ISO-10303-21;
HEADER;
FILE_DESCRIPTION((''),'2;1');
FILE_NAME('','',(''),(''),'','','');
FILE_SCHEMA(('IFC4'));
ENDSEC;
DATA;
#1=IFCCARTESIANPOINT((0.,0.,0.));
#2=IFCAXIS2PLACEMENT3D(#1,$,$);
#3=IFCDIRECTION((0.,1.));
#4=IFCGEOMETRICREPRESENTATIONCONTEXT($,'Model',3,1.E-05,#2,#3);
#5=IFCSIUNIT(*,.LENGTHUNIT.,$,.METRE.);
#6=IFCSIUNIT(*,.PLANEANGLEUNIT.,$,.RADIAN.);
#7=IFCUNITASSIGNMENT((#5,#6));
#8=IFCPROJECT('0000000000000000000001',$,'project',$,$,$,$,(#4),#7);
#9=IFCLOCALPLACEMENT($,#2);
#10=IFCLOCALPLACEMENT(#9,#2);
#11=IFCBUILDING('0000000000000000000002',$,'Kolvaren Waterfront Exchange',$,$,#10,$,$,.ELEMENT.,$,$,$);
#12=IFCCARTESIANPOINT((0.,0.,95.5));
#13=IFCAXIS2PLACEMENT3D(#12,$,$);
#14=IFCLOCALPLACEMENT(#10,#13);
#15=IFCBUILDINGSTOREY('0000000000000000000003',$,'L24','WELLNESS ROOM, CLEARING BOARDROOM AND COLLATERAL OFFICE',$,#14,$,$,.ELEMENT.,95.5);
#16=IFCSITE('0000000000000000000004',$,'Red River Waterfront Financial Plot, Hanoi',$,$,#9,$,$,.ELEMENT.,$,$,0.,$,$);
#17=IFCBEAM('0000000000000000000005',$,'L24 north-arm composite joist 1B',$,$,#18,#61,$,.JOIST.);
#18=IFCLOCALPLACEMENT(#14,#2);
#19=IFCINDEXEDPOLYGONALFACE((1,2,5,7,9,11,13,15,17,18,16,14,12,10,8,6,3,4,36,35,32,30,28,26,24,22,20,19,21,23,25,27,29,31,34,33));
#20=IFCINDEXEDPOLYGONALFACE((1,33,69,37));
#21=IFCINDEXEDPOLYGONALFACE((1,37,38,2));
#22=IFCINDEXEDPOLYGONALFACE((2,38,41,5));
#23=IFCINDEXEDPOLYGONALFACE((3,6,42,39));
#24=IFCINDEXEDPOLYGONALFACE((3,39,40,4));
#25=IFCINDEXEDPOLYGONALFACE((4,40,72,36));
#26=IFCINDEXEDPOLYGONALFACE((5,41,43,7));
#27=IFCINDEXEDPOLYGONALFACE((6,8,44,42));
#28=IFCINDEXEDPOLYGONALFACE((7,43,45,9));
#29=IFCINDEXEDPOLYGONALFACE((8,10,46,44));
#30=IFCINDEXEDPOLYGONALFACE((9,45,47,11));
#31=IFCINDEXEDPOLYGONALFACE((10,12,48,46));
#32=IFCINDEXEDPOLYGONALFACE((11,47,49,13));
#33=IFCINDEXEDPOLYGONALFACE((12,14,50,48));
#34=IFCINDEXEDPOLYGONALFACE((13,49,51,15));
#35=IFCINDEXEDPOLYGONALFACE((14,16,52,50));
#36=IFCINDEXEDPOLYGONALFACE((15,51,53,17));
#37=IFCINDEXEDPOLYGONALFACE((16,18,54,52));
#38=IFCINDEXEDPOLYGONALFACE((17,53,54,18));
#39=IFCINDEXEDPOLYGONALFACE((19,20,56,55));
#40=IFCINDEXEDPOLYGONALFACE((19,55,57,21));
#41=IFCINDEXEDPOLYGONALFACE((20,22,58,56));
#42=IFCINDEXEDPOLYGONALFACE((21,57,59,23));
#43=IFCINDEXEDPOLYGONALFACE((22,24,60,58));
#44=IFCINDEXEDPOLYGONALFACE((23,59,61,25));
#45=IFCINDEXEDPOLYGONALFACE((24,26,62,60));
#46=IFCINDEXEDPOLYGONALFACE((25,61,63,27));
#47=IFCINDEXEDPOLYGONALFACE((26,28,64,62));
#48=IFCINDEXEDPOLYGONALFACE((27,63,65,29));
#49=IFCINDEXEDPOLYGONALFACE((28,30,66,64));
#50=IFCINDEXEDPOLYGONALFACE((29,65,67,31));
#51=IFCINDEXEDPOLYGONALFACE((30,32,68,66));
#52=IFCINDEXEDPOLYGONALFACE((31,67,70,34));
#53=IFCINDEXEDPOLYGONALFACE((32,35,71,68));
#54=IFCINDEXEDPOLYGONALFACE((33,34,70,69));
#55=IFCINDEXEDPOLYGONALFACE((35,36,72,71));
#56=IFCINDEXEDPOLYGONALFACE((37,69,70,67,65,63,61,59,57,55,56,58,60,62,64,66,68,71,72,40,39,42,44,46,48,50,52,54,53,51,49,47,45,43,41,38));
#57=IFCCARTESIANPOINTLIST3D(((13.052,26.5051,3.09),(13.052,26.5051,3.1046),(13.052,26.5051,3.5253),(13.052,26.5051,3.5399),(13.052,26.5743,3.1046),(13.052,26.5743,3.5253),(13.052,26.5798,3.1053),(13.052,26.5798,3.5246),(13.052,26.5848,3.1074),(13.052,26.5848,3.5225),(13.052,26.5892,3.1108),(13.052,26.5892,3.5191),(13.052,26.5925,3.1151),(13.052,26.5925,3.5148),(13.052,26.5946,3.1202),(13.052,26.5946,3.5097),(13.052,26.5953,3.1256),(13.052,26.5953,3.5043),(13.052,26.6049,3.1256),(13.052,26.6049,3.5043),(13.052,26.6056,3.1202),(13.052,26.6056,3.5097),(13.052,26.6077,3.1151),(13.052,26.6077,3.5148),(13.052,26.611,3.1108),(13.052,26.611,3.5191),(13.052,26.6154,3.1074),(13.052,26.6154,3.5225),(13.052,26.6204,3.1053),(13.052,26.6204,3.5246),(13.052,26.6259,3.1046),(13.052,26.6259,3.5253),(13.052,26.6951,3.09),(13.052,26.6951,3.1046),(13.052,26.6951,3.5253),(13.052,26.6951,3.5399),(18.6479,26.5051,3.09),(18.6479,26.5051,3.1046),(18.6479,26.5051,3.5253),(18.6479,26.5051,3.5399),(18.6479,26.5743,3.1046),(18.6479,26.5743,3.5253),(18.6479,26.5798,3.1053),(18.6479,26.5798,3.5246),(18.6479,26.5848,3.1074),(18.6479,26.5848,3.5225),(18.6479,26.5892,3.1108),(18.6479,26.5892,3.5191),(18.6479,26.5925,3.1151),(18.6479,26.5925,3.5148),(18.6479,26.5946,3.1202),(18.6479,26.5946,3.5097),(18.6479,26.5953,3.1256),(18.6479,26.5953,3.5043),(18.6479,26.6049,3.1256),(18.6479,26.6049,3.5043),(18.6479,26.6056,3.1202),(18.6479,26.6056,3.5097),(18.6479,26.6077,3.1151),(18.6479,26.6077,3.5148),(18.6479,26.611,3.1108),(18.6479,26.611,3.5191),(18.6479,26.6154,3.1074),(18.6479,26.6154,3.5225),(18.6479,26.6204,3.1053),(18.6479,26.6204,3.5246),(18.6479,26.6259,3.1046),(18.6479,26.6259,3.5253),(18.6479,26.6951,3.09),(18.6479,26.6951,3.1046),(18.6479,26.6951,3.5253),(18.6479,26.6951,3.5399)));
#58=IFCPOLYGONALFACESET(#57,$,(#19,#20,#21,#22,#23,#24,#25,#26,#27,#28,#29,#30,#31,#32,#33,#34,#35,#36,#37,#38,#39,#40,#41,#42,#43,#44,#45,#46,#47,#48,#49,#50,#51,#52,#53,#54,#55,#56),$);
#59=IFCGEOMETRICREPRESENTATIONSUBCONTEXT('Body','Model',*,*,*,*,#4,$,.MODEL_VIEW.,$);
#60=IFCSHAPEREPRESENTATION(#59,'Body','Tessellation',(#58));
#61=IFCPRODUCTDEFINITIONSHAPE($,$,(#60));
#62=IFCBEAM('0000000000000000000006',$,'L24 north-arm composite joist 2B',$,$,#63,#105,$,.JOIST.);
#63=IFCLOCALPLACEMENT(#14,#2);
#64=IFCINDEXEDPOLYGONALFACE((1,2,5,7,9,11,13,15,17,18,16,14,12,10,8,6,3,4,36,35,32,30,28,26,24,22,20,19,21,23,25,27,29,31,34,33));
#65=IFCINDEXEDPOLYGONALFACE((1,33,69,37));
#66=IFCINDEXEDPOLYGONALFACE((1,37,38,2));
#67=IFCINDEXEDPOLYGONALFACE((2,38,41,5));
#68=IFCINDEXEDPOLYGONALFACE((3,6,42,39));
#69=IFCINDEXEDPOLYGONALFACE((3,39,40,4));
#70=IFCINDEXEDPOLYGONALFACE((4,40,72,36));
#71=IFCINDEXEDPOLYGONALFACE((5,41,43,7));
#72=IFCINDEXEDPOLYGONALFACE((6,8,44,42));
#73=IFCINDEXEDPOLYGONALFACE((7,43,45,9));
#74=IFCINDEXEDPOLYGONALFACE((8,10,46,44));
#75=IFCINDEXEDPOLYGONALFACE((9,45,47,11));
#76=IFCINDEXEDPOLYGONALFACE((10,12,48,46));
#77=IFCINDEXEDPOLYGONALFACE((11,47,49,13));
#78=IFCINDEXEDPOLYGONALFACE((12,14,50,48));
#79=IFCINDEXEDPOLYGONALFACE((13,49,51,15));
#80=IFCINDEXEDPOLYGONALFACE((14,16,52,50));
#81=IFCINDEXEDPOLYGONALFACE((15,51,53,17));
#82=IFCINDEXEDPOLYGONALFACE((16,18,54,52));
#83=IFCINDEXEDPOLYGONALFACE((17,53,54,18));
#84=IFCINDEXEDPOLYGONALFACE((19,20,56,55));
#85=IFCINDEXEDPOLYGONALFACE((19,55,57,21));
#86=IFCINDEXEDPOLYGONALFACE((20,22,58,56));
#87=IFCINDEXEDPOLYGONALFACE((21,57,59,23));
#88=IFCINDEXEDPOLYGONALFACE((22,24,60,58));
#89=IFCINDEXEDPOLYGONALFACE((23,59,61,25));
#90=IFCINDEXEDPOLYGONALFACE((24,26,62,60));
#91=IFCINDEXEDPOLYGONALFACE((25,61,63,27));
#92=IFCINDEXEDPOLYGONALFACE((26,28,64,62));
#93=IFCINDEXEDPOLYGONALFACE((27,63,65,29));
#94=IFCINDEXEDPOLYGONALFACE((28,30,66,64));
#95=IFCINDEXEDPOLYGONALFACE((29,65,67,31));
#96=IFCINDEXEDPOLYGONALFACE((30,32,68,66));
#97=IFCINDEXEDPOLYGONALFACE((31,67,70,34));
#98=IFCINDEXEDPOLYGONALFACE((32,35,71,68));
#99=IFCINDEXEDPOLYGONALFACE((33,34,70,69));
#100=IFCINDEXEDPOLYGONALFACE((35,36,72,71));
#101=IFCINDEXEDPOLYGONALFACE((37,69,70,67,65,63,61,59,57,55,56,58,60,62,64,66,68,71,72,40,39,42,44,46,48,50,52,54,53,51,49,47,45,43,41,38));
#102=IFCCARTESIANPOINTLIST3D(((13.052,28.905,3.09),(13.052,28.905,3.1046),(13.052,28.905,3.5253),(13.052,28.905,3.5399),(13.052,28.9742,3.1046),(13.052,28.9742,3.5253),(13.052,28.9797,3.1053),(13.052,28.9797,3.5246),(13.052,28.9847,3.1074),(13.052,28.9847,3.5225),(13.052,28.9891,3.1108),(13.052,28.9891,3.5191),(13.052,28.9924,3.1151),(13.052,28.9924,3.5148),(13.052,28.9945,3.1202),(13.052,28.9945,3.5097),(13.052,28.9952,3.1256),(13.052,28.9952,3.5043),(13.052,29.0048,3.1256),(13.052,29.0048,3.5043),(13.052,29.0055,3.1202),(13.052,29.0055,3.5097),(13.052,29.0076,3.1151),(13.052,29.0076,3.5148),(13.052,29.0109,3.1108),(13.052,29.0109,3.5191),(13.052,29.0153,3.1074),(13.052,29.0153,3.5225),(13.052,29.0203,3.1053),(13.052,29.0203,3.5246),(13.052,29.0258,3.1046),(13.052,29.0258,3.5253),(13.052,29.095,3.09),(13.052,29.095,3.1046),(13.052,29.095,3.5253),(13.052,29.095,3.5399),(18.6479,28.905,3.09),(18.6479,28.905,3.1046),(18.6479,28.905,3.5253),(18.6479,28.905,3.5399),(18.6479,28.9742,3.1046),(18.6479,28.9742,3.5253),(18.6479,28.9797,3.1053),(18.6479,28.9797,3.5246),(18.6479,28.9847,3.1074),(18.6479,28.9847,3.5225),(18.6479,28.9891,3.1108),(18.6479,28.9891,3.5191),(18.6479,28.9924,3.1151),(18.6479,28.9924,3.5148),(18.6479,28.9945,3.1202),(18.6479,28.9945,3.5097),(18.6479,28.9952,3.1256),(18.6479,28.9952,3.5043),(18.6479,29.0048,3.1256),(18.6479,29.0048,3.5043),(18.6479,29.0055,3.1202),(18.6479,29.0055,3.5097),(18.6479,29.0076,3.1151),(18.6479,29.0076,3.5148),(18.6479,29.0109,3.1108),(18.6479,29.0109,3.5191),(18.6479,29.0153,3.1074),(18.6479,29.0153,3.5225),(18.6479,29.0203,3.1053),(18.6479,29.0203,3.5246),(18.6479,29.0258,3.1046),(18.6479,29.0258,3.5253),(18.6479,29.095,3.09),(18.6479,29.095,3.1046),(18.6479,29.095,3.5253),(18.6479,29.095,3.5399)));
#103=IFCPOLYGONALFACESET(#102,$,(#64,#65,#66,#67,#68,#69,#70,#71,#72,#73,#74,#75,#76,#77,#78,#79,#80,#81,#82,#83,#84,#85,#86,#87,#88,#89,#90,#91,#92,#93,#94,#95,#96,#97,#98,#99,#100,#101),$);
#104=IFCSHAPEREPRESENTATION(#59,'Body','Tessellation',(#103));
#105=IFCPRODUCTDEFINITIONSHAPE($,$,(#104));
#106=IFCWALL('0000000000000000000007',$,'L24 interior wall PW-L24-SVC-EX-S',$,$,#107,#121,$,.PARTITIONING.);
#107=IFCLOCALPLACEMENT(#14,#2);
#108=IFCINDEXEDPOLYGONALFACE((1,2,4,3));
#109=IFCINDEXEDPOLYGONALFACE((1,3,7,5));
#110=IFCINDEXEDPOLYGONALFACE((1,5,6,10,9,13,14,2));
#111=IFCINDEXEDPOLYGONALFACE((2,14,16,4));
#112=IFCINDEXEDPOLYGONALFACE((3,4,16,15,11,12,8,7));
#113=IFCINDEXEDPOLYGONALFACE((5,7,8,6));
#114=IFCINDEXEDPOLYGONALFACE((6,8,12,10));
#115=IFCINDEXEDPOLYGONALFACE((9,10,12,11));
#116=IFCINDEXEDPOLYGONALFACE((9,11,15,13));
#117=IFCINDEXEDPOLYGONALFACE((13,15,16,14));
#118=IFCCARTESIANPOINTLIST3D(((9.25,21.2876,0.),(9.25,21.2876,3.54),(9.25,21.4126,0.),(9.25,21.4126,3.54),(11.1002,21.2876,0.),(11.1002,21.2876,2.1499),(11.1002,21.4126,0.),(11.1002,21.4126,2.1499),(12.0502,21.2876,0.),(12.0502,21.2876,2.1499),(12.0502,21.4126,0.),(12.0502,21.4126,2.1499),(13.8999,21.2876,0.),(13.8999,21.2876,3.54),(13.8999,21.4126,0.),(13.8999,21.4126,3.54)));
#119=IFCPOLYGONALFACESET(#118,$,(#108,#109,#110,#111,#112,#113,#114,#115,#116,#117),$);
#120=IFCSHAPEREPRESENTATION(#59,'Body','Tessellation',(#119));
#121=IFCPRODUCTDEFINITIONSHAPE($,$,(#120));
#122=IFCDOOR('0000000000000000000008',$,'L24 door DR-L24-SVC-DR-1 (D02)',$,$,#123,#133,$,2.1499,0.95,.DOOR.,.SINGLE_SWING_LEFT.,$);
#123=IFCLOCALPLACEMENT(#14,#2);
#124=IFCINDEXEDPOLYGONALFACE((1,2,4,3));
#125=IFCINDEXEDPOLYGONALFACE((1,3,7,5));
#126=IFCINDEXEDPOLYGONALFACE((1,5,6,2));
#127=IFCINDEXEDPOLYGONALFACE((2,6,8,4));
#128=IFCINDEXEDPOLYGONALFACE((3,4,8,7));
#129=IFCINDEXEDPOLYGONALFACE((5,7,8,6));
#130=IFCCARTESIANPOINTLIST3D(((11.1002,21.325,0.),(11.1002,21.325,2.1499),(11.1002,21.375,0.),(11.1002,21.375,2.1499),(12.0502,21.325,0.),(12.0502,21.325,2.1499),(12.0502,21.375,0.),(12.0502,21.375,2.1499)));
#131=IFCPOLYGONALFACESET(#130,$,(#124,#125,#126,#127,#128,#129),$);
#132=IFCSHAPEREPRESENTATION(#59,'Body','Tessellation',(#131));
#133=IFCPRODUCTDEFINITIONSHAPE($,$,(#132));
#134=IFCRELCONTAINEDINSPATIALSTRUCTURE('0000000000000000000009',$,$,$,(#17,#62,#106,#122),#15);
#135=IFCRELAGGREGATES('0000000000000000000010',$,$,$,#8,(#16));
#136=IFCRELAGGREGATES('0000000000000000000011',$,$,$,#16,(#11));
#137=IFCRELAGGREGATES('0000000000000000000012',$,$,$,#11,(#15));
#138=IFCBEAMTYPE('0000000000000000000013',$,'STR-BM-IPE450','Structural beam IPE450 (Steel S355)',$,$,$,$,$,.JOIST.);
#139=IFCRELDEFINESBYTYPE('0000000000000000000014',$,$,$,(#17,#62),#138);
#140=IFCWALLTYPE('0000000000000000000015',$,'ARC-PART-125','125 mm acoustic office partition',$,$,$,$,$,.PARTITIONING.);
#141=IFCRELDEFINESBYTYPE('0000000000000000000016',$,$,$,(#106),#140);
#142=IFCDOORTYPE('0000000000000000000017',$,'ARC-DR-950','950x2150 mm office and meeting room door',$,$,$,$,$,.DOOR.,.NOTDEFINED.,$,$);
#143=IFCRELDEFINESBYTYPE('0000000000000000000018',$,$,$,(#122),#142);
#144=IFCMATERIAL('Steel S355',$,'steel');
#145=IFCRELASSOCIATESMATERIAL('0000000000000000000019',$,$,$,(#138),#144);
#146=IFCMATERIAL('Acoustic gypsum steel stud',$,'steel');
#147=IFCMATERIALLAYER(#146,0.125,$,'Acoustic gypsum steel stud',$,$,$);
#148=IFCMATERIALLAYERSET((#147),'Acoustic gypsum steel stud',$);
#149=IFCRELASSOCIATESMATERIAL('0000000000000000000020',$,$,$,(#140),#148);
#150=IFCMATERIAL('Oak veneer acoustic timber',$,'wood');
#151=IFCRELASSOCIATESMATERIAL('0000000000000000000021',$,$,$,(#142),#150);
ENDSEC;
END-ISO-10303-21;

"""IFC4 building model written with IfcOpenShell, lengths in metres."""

from ifc_helpers import new_model, si_unit, direction, frame, frame_2d, origin, origin_2d, place, context, subcontext, project, spatial, rectangle, i_section, extrude, material, layer, layer_set, material_profile, profile_set, type_object, element, fill, save


model = new_model("IFC4")

# Units and contexts
model_context = context("Model", 3, precision=1e-05, world=origin(), true_north=direction((0.0, 1.0)))
body_context = subcontext(model_context, "Body", "Model", "MODEL_VIEW")
ifc_project = project(units=[si_unit("LENGTHUNIT", "METRE"), si_unit("PLANEANGLEUNIT", "RADIAN")], contexts=[model_context])

# Site, building, storey
site_placement = place(None, origin())
site = spatial("IfcSite", under=ifc_project, at=site_placement, Name="Red River Waterfront Financial Plot, Hanoi", CompositionType="ELEMENT", RefElevation=0.0)
building_placement = place(site_placement, origin())
building = spatial("IfcBuilding", under=site, at=building_placement, Name="Kolvaren Waterfront Exchange", CompositionType="ELEMENT")
storey_placement = place(building_placement, frame((0.0, 0.0, 95.5)))
storey = spatial("IfcBuildingStorey", under=building, at=storey_placement, Name="L24", Description="WELLNESS ROOM, CLEARING BOARDROOM AND COLLATERAL OFFICE", CompositionType="ELEMENT", Elevation=95.5)

# Beams
ifc_material_1 = material(Name="Steel S355", Category="steel")
ifc_material_profile_1 = material_profile(ifc_material_1, i_section(OverallWidth=0.1899, OverallDepth=0.45, WebThickness=0.0095, FlangeThickness=0.0146, FilletRadius=0.021, at=origin_2d()), Name="IPE450")
ifc_profile_set_1 = profile_set([ifc_material_profile_1], Name="Steel S355")
beam_type_1 = type_object("IfcBeamType", Name="STR-BM-IPE450", Description="Structural beam IPE450 (Steel S355)", PredefinedType="JOIST", material=ifc_profile_set_1)
for number, where, z_axis, x_axis, name in (
    (1, (13.052, 26.6001, 3.3149), (1.0, 0.0, 0.0), (0.0, 1.0, 0.0), "L24 north-arm composite joist 1B"),
    (2, (13.052, 29.0, 3.3149), (1.0, 0.0, 0.0), (0.0, 1.0, 0.0), "L24 north-arm composite joist 2B"),
):
    element("IfcBeam", number, at=place(storey_placement, frame(where, z_axis=z_axis, x_axis=x_axis)), inside=storey, type_object=beam_type_1, Name=name, PredefinedType="JOIST", context=body_context, shape_type="SweptSolid", body=[
        extrude(i_section(OverallWidth=0.1899, OverallDepth=0.45, WebThickness=0.0095, FlangeThickness=0.0146, FilletRadius=0.021, at=origin_2d()), origin(), (0.0, 0.0, 1.0), 5.5959),
    ])

# Wall, opening, door
ifc_material_2 = material(Name="Acoustic gypsum steel stud", Category="steel")
ifc_layer_1 = layer(ifc_material_2, 0.125, Name="Acoustic gypsum steel stud")
ifc_layer_set_1 = layer_set([ifc_layer_1], Name="Acoustic gypsum steel stud")
wall_type_1 = type_object("IfcWallType", Name="ARC-PART-125", Description="125 mm acoustic office partition", PredefinedType="PARTITIONING", material=ifc_layer_set_1)
wall_1_placement = place(storey_placement, frame((9.25, 21.3501, 0.0), z_axis=(0.0, 0.0, 1.0), x_axis=(1.0, 0.0, 0.0)))
wall_1 = element("IfcWall", 3, at=wall_1_placement, inside=storey, type_object=wall_type_1, Name="L24 interior wall PW-L24-SVC-EX-S", PredefinedType="PARTITIONING", context=body_context, shape_type="SweptSolid", body=[
    extrude(rectangle(XDim=4.6499, YDim=0.125, at=frame_2d((2.325, 0.0))), origin(), (0.0, 0.0, 1.0), 3.54),
])
opening_1_placement = place(wall_1_placement, frame((1.8501, 0.0, 0.0)))
opening_1 = element("IfcOpeningElement", 4, at=opening_1_placement, cuts=wall_1, PredefinedType="OPENING", context=body_context, shape_type="SweptSolid", body=[
    extrude(rectangle(XDim=0.95, YDim=2.1499, at=frame_2d((0.4751, 1.075))), frame((0.0, 0.0725, 0.0), z_axis=(0.0, -1.0, 0.0), x_axis=(1.0, 0.0, 0.0)), (0.0, 0.0, 1.0), 0.145),
])
ifc_material_3 = material(Name="Oak veneer acoustic timber", Category="wood")
door_type = type_object("IfcDoorType", Name="ARC-DR-950", Description="950x2150 mm office and meeting room door", OperationType="NOTDEFINED", PredefinedType="DOOR", material=ifc_material_3)
door_1_placement = place(opening_1_placement, origin())
door_1 = element("IfcDoor", 5, at=door_1_placement, inside=storey, type_object=door_type, Name="L24 door DR-L24-SVC-DR-1 (D02)", OperationType="SINGLE_SWING_LEFT", OverallHeight=2.1499, OverallWidth=0.95, PredefinedType="DOOR", context=body_context, shape_type="SweptSolid", body=[
    extrude(rectangle(XDim=0.95, YDim=2.1499, at=frame_2d((0.4751, 1.075))), frame((0.0, 0.0249, 0.0), z_axis=(0.0, -1.0, 0.0), x_axis=(1.0, 0.0, 0.0)), (0.0, 0.0, 1.0), 0.05),
])
fill(opening_1, door_1)

save(model, "model.ifc")
